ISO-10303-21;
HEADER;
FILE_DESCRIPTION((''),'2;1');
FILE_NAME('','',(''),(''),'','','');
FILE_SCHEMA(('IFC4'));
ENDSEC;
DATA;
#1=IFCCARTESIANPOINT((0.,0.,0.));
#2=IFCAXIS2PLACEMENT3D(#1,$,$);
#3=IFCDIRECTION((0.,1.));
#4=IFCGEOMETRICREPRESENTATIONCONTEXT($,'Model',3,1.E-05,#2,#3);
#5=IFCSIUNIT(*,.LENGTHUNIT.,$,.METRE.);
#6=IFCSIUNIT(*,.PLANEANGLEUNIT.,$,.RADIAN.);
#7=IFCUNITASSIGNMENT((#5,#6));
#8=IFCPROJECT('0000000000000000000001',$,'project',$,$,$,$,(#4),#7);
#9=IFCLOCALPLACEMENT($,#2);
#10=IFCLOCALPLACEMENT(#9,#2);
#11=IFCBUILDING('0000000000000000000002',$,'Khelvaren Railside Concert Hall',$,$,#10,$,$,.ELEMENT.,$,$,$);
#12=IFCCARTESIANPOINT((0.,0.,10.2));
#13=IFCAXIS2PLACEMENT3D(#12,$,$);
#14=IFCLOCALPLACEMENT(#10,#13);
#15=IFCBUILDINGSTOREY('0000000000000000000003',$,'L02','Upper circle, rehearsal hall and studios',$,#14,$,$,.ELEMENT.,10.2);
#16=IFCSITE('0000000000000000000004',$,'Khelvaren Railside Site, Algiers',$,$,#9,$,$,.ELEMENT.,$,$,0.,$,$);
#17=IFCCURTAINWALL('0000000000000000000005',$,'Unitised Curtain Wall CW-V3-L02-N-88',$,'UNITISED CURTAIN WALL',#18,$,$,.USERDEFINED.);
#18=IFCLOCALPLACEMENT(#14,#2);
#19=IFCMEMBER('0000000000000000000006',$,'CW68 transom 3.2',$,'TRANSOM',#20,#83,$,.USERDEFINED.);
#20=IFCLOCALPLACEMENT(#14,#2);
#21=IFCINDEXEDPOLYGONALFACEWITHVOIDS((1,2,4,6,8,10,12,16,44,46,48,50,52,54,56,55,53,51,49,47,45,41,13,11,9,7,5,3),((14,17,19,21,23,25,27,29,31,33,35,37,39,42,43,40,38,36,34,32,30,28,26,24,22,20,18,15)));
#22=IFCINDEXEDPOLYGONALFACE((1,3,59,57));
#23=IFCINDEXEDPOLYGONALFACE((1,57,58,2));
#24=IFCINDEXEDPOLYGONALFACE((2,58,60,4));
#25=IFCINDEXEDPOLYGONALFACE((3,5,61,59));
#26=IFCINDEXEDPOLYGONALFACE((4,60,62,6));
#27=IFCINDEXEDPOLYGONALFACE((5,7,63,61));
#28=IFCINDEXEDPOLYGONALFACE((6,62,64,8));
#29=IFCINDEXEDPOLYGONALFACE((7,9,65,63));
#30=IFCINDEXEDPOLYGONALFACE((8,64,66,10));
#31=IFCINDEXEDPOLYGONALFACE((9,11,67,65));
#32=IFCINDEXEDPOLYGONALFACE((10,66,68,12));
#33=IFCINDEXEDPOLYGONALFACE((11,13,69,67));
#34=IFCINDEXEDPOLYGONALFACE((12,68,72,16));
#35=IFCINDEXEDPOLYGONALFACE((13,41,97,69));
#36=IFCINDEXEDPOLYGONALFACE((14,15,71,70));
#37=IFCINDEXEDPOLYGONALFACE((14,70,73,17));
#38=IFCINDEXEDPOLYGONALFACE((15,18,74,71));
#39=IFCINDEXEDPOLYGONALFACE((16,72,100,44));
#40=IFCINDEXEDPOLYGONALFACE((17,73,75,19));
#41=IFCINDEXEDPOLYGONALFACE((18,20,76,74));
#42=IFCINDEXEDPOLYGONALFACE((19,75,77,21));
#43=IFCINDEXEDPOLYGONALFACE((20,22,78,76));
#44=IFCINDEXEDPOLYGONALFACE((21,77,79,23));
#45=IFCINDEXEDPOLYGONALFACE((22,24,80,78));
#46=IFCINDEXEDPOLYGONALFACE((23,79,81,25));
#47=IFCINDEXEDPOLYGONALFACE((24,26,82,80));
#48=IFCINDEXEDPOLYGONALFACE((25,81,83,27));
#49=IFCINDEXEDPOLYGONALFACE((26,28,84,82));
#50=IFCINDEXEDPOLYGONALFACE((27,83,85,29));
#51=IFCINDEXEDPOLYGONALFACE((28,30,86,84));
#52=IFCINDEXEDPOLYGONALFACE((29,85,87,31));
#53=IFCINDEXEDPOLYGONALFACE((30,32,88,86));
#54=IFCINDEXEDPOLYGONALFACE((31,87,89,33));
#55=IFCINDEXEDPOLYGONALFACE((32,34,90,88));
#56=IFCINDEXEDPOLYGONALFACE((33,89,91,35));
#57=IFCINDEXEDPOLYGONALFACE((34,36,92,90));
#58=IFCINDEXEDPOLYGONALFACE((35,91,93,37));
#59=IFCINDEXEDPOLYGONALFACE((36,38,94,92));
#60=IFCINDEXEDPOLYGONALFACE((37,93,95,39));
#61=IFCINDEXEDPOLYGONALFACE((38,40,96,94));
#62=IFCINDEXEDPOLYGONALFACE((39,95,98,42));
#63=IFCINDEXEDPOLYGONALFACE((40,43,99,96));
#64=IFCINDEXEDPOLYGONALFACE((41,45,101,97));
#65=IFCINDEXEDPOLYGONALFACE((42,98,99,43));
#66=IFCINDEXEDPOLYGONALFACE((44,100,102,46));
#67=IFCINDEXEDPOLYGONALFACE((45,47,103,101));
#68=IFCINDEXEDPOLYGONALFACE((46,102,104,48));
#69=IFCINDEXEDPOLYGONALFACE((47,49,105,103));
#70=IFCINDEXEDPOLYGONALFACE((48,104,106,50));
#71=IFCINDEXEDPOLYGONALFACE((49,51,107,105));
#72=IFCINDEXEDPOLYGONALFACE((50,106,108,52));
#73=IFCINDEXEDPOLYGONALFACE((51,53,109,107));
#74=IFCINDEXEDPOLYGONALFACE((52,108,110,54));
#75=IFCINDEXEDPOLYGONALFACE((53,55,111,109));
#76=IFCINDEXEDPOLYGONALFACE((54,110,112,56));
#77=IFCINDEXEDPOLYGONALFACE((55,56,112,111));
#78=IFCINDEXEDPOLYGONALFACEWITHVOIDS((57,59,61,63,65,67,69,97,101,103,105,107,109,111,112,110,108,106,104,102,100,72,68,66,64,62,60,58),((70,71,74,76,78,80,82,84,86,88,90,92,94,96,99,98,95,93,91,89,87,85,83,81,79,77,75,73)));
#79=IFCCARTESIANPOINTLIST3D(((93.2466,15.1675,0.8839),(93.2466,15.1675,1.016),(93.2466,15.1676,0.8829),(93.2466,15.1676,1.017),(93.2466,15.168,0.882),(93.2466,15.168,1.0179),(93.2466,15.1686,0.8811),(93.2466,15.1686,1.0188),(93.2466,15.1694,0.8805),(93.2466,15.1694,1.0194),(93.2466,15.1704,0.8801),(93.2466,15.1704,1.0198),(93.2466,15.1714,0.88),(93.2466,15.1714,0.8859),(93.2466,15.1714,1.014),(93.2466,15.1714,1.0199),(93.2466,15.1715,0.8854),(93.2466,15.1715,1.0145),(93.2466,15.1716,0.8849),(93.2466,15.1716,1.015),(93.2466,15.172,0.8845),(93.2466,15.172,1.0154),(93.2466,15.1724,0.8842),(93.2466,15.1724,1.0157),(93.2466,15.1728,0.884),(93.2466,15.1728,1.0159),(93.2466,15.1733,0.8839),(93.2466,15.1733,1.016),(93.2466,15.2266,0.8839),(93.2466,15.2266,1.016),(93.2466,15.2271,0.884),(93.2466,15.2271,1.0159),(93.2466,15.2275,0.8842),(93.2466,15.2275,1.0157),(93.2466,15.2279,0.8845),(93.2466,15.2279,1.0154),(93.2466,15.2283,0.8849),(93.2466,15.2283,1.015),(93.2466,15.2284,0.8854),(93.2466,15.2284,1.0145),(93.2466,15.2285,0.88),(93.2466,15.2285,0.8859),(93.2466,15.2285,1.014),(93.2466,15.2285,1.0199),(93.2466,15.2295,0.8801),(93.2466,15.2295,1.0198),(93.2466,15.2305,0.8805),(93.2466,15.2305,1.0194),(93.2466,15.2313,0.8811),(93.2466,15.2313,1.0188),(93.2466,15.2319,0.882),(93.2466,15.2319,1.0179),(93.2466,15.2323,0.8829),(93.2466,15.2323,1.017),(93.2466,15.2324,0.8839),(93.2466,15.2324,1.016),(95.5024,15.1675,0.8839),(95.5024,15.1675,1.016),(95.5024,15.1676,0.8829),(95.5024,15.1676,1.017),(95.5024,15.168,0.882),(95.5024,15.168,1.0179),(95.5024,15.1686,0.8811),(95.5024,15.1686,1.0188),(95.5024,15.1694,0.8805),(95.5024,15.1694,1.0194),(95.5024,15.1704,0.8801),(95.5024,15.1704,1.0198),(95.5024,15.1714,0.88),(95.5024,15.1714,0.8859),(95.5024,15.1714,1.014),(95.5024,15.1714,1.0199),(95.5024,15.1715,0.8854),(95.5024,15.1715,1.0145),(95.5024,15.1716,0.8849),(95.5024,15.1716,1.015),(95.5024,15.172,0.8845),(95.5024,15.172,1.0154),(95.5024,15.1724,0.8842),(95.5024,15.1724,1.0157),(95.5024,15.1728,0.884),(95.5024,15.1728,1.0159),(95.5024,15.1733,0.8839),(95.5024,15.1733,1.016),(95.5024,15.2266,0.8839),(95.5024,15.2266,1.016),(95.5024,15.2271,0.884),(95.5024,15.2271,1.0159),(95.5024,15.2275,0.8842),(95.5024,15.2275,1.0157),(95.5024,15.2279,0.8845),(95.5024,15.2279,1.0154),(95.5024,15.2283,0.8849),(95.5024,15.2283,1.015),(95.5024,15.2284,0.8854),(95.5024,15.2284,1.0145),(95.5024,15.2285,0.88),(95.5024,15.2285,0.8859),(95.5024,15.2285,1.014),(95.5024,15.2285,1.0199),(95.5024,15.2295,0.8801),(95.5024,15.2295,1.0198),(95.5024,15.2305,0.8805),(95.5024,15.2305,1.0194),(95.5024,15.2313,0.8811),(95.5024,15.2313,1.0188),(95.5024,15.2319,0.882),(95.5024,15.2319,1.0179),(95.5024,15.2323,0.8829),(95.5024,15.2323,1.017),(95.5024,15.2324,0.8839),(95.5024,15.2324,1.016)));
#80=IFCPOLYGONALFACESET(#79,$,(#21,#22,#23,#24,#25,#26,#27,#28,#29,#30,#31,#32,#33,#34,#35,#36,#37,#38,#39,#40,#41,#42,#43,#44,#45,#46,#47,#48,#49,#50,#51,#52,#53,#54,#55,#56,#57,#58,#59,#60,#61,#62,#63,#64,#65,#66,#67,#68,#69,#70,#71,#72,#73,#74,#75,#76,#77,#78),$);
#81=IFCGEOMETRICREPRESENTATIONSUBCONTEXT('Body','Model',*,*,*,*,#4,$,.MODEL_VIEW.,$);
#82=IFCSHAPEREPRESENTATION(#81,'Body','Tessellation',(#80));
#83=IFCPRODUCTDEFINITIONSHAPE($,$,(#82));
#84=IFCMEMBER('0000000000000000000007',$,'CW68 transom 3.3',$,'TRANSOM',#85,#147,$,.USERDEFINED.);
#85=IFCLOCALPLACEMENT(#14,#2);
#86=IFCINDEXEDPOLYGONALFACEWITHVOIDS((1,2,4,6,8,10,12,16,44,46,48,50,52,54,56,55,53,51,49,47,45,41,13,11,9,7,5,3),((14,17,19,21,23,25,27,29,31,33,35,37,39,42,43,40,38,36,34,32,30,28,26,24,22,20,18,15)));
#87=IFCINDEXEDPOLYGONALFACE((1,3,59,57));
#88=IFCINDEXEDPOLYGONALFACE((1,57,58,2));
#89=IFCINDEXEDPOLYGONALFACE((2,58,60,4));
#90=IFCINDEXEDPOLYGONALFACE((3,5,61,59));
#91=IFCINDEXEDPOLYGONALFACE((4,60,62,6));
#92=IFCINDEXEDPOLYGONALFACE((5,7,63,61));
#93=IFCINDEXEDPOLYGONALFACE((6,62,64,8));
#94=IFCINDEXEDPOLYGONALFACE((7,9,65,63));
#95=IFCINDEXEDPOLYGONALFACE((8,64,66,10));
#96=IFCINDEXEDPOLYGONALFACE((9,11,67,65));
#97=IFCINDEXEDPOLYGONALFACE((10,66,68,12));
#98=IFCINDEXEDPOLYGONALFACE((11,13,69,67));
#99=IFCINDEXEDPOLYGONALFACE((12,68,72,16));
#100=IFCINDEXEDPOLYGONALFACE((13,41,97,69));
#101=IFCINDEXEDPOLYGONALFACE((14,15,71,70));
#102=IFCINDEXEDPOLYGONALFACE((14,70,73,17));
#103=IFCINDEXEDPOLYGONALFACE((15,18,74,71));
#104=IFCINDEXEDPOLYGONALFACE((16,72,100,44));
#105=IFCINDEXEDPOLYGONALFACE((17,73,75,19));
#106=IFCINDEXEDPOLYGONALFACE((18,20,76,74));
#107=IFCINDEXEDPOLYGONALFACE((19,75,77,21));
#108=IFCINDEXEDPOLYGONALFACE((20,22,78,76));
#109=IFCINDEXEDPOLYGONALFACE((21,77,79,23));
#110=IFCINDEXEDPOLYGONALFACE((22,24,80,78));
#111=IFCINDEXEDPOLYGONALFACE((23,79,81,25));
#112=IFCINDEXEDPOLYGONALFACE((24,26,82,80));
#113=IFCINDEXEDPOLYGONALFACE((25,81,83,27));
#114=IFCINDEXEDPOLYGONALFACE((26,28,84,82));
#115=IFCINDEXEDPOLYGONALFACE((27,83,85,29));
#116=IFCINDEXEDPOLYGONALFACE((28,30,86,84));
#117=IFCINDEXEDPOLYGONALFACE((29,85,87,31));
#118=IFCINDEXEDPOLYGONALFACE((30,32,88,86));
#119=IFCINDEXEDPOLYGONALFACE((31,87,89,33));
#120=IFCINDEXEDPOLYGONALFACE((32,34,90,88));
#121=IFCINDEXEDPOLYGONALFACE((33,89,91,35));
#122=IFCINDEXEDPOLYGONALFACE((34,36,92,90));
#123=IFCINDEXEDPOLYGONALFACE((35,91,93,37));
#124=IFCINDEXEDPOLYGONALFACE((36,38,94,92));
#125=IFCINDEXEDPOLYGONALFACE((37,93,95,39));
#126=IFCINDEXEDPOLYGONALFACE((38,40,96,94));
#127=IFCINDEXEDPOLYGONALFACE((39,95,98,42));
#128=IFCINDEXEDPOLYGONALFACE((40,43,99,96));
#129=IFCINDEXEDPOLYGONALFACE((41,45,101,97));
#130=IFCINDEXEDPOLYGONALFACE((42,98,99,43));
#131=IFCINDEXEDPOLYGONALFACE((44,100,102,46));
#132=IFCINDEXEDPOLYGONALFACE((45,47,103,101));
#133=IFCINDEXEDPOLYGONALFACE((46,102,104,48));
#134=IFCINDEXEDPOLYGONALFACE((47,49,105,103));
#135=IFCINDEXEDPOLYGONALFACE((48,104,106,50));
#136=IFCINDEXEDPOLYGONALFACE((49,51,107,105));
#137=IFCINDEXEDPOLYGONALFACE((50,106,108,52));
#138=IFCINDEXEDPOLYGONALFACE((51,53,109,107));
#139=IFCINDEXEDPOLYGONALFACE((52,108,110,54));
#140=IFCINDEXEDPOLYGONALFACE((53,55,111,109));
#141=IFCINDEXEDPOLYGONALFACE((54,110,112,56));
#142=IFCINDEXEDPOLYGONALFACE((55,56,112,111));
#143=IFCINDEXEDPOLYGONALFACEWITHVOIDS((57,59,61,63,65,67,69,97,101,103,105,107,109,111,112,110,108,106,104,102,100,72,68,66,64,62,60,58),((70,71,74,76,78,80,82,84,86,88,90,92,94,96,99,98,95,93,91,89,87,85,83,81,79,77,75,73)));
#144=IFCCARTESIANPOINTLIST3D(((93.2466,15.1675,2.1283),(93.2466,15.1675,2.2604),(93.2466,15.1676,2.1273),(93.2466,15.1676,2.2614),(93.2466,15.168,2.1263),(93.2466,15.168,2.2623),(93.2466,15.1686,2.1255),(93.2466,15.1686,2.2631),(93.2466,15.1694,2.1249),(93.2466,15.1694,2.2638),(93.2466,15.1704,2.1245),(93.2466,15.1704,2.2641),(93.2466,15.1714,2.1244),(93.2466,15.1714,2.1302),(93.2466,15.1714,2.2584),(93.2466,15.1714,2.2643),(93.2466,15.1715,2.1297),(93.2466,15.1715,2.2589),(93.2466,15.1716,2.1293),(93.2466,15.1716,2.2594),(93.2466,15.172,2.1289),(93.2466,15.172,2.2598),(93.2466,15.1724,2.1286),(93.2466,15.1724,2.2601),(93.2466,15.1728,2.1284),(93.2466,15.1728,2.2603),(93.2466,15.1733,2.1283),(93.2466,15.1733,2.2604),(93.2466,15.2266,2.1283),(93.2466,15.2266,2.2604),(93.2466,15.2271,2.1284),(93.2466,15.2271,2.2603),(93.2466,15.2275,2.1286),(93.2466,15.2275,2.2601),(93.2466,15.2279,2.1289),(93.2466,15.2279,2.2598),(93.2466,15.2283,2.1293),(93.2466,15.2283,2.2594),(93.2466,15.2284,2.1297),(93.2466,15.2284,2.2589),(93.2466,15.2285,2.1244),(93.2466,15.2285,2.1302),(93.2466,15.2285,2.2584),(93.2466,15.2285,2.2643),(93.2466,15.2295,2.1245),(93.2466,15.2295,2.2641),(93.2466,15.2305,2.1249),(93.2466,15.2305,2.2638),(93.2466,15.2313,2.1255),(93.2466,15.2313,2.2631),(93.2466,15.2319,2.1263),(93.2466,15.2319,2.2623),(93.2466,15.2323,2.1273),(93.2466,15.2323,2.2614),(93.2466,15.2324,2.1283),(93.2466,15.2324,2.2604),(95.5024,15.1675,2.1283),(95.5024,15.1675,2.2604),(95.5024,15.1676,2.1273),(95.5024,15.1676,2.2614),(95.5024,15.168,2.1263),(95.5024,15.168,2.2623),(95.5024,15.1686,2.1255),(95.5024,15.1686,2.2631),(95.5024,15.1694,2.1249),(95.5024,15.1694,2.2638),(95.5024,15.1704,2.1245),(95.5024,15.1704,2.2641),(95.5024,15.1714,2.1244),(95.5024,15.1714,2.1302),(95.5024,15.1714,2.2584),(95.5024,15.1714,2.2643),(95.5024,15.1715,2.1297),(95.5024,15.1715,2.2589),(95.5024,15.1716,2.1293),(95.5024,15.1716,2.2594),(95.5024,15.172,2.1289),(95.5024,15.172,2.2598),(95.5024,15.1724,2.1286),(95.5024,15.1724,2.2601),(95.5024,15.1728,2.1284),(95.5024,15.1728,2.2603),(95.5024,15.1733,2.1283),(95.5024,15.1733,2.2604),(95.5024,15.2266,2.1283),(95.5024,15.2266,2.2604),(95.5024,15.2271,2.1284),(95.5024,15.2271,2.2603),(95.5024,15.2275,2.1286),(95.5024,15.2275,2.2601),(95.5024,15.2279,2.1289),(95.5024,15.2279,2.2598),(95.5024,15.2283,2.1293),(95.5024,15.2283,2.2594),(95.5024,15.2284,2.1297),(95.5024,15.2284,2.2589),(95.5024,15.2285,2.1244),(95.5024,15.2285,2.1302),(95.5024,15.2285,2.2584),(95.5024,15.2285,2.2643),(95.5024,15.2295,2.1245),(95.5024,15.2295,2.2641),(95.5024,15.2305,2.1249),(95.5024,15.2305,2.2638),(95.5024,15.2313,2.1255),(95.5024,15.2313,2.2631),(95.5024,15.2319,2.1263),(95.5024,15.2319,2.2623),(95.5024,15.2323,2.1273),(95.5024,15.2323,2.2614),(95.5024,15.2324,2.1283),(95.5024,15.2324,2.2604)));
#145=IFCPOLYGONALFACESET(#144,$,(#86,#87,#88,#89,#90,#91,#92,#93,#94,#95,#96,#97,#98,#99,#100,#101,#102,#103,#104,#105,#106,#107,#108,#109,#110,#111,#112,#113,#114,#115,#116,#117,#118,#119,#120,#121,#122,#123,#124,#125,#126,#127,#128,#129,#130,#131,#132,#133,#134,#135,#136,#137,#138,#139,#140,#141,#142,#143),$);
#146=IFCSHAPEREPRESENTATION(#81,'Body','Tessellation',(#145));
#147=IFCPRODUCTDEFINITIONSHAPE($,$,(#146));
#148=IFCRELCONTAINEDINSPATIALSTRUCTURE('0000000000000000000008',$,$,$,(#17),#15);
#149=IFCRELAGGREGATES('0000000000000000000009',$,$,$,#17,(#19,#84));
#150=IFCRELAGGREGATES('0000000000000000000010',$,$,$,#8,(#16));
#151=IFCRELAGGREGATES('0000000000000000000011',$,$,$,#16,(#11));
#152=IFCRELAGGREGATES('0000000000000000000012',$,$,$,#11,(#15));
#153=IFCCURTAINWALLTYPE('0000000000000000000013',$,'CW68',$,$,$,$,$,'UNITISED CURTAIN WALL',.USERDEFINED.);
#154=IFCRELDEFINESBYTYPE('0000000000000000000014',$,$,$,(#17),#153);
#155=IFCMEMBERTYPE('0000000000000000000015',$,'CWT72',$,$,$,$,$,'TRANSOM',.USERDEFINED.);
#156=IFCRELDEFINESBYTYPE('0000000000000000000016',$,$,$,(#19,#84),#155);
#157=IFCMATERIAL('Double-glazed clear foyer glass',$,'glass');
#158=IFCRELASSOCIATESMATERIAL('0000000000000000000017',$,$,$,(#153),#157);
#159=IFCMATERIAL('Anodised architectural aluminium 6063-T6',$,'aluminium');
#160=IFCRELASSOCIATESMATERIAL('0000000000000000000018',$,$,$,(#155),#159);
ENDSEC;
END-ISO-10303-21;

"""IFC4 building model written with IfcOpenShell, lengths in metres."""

from ifc_helpers import new_model, si_unit, direction, frame, origin, origin_2d, place, context, subcontext, project, spatial, hollow_rectangle, extrude, material, material_profile, profile_set, type_object, element, aggregate, save


model = new_model("IFC4")

# Units and contexts
model_context = context("Model", 3, precision=1e-05, world=origin(), true_north=direction((0.0, 1.0)))
body_context = subcontext(model_context, "Body", "Model", "MODEL_VIEW")
ifc_project = project(units=[si_unit("LENGTHUNIT", "METRE"), si_unit("PLANEANGLEUNIT", "RADIAN")], contexts=[model_context])

# Site, building, storey
site_placement = place(None, origin())
site = spatial("IfcSite", under=ifc_project, at=site_placement, Name="Khelvaren Railside Site, Algiers", CompositionType="ELEMENT", RefElevation=0.0)
building_placement = place(site_placement, origin())
building = spatial("IfcBuilding", under=site, at=building_placement, Name="Khelvaren Railside Concert Hall", CompositionType="ELEMENT")
storey_placement = place(building_placement, frame((0.0, 0.0, 10.2)))
storey = spatial("IfcBuildingStorey", under=building, at=storey_placement, Name="L02", Description="Upper circle, rehearsal hall and studios", CompositionType="ELEMENT", Elevation=10.2)

# Curtain wall, members
ifc_material_1 = material(Name="Double-glazed clear foyer glass", Category="glass")
curtain_wall_type = type_object("IfcCurtainWallType", Name="CW68", ElementType="UNITISED CURTAIN WALL", PredefinedType="USERDEFINED", material=ifc_material_1)
curtain_wall_placement = place(storey_placement, origin())
curtain_wall = element("IfcCurtainWall", 1, at=curtain_wall_placement, inside=storey, type_object=curtain_wall_type, Name="Unitised Curtain Wall CW-V3-L02-N-88", ObjectType="UNITISED CURTAIN WALL", PredefinedType="USERDEFINED")
ifc_material_2 = material(Name="Anodised architectural aluminium 6063-T6", Category="aluminium")
ifc_material_profile_1 = material_profile(ifc_material_2, hollow_rectangle(XDim=0.0649, YDim=0.1399, WallThickness=0.0039, InnerFilletRadius=0.002, OuterFilletRadius=0.0039, at=origin_2d()), Name="CWT 65x140x4")
ifc_profile_set_1 = profile_set([ifc_material_profile_1], Name="Anodised architectural aluminium 6063-T6")
member_type_1 = type_object("IfcMemberType", Name="CWT72", ElementType="TRANSOM", PredefinedType="USERDEFINED", material=ifc_profile_set_1)
member_1_placement = place(storey_placement, frame((93.2466, 15.2, 0.95), z_axis=(1.0, 0.0, 0.0), x_axis=(0.0, 1.0, 0.0)))
member_1 = element("IfcMember", 2, at=member_1_placement, type_object=member_type_1, Name="CW68 transom 3.2", ObjectType="TRANSOM", PredefinedType="USERDEFINED", context=body_context, shape_type="SweptSolid", body=[
    extrude(hollow_rectangle(XDim=0.0649, YDim=0.1399, WallThickness=0.0039, InnerFilletRadius=0.002, OuterFilletRadius=0.0039, at=origin_2d()), origin(), (0.0, 0.0, 1.0), 2.2559),
])
member_2_placement = place(storey_placement, frame((93.2466, 15.2, 2.1943), z_axis=(1.0, 0.0, 0.0), x_axis=(0.0, 1.0, 0.0)))
member_2 = element("IfcMember", 3, at=member_2_placement, type_object=member_type_1, Name="CW68 transom 3.3", ObjectType="TRANSOM", PredefinedType="USERDEFINED", context=body_context, shape_type="SweptSolid", body=[
    extrude(hollow_rectangle(XDim=0.0649, YDim=0.1399, WallThickness=0.0039, InnerFilletRadius=0.002, OuterFilletRadius=0.0039, at=origin_2d()), origin(), (0.0, 0.0, 1.0), 2.2559),
])

aggregate(curtain_wall, [member_1, member_2])

save(model, "model.ifc")
